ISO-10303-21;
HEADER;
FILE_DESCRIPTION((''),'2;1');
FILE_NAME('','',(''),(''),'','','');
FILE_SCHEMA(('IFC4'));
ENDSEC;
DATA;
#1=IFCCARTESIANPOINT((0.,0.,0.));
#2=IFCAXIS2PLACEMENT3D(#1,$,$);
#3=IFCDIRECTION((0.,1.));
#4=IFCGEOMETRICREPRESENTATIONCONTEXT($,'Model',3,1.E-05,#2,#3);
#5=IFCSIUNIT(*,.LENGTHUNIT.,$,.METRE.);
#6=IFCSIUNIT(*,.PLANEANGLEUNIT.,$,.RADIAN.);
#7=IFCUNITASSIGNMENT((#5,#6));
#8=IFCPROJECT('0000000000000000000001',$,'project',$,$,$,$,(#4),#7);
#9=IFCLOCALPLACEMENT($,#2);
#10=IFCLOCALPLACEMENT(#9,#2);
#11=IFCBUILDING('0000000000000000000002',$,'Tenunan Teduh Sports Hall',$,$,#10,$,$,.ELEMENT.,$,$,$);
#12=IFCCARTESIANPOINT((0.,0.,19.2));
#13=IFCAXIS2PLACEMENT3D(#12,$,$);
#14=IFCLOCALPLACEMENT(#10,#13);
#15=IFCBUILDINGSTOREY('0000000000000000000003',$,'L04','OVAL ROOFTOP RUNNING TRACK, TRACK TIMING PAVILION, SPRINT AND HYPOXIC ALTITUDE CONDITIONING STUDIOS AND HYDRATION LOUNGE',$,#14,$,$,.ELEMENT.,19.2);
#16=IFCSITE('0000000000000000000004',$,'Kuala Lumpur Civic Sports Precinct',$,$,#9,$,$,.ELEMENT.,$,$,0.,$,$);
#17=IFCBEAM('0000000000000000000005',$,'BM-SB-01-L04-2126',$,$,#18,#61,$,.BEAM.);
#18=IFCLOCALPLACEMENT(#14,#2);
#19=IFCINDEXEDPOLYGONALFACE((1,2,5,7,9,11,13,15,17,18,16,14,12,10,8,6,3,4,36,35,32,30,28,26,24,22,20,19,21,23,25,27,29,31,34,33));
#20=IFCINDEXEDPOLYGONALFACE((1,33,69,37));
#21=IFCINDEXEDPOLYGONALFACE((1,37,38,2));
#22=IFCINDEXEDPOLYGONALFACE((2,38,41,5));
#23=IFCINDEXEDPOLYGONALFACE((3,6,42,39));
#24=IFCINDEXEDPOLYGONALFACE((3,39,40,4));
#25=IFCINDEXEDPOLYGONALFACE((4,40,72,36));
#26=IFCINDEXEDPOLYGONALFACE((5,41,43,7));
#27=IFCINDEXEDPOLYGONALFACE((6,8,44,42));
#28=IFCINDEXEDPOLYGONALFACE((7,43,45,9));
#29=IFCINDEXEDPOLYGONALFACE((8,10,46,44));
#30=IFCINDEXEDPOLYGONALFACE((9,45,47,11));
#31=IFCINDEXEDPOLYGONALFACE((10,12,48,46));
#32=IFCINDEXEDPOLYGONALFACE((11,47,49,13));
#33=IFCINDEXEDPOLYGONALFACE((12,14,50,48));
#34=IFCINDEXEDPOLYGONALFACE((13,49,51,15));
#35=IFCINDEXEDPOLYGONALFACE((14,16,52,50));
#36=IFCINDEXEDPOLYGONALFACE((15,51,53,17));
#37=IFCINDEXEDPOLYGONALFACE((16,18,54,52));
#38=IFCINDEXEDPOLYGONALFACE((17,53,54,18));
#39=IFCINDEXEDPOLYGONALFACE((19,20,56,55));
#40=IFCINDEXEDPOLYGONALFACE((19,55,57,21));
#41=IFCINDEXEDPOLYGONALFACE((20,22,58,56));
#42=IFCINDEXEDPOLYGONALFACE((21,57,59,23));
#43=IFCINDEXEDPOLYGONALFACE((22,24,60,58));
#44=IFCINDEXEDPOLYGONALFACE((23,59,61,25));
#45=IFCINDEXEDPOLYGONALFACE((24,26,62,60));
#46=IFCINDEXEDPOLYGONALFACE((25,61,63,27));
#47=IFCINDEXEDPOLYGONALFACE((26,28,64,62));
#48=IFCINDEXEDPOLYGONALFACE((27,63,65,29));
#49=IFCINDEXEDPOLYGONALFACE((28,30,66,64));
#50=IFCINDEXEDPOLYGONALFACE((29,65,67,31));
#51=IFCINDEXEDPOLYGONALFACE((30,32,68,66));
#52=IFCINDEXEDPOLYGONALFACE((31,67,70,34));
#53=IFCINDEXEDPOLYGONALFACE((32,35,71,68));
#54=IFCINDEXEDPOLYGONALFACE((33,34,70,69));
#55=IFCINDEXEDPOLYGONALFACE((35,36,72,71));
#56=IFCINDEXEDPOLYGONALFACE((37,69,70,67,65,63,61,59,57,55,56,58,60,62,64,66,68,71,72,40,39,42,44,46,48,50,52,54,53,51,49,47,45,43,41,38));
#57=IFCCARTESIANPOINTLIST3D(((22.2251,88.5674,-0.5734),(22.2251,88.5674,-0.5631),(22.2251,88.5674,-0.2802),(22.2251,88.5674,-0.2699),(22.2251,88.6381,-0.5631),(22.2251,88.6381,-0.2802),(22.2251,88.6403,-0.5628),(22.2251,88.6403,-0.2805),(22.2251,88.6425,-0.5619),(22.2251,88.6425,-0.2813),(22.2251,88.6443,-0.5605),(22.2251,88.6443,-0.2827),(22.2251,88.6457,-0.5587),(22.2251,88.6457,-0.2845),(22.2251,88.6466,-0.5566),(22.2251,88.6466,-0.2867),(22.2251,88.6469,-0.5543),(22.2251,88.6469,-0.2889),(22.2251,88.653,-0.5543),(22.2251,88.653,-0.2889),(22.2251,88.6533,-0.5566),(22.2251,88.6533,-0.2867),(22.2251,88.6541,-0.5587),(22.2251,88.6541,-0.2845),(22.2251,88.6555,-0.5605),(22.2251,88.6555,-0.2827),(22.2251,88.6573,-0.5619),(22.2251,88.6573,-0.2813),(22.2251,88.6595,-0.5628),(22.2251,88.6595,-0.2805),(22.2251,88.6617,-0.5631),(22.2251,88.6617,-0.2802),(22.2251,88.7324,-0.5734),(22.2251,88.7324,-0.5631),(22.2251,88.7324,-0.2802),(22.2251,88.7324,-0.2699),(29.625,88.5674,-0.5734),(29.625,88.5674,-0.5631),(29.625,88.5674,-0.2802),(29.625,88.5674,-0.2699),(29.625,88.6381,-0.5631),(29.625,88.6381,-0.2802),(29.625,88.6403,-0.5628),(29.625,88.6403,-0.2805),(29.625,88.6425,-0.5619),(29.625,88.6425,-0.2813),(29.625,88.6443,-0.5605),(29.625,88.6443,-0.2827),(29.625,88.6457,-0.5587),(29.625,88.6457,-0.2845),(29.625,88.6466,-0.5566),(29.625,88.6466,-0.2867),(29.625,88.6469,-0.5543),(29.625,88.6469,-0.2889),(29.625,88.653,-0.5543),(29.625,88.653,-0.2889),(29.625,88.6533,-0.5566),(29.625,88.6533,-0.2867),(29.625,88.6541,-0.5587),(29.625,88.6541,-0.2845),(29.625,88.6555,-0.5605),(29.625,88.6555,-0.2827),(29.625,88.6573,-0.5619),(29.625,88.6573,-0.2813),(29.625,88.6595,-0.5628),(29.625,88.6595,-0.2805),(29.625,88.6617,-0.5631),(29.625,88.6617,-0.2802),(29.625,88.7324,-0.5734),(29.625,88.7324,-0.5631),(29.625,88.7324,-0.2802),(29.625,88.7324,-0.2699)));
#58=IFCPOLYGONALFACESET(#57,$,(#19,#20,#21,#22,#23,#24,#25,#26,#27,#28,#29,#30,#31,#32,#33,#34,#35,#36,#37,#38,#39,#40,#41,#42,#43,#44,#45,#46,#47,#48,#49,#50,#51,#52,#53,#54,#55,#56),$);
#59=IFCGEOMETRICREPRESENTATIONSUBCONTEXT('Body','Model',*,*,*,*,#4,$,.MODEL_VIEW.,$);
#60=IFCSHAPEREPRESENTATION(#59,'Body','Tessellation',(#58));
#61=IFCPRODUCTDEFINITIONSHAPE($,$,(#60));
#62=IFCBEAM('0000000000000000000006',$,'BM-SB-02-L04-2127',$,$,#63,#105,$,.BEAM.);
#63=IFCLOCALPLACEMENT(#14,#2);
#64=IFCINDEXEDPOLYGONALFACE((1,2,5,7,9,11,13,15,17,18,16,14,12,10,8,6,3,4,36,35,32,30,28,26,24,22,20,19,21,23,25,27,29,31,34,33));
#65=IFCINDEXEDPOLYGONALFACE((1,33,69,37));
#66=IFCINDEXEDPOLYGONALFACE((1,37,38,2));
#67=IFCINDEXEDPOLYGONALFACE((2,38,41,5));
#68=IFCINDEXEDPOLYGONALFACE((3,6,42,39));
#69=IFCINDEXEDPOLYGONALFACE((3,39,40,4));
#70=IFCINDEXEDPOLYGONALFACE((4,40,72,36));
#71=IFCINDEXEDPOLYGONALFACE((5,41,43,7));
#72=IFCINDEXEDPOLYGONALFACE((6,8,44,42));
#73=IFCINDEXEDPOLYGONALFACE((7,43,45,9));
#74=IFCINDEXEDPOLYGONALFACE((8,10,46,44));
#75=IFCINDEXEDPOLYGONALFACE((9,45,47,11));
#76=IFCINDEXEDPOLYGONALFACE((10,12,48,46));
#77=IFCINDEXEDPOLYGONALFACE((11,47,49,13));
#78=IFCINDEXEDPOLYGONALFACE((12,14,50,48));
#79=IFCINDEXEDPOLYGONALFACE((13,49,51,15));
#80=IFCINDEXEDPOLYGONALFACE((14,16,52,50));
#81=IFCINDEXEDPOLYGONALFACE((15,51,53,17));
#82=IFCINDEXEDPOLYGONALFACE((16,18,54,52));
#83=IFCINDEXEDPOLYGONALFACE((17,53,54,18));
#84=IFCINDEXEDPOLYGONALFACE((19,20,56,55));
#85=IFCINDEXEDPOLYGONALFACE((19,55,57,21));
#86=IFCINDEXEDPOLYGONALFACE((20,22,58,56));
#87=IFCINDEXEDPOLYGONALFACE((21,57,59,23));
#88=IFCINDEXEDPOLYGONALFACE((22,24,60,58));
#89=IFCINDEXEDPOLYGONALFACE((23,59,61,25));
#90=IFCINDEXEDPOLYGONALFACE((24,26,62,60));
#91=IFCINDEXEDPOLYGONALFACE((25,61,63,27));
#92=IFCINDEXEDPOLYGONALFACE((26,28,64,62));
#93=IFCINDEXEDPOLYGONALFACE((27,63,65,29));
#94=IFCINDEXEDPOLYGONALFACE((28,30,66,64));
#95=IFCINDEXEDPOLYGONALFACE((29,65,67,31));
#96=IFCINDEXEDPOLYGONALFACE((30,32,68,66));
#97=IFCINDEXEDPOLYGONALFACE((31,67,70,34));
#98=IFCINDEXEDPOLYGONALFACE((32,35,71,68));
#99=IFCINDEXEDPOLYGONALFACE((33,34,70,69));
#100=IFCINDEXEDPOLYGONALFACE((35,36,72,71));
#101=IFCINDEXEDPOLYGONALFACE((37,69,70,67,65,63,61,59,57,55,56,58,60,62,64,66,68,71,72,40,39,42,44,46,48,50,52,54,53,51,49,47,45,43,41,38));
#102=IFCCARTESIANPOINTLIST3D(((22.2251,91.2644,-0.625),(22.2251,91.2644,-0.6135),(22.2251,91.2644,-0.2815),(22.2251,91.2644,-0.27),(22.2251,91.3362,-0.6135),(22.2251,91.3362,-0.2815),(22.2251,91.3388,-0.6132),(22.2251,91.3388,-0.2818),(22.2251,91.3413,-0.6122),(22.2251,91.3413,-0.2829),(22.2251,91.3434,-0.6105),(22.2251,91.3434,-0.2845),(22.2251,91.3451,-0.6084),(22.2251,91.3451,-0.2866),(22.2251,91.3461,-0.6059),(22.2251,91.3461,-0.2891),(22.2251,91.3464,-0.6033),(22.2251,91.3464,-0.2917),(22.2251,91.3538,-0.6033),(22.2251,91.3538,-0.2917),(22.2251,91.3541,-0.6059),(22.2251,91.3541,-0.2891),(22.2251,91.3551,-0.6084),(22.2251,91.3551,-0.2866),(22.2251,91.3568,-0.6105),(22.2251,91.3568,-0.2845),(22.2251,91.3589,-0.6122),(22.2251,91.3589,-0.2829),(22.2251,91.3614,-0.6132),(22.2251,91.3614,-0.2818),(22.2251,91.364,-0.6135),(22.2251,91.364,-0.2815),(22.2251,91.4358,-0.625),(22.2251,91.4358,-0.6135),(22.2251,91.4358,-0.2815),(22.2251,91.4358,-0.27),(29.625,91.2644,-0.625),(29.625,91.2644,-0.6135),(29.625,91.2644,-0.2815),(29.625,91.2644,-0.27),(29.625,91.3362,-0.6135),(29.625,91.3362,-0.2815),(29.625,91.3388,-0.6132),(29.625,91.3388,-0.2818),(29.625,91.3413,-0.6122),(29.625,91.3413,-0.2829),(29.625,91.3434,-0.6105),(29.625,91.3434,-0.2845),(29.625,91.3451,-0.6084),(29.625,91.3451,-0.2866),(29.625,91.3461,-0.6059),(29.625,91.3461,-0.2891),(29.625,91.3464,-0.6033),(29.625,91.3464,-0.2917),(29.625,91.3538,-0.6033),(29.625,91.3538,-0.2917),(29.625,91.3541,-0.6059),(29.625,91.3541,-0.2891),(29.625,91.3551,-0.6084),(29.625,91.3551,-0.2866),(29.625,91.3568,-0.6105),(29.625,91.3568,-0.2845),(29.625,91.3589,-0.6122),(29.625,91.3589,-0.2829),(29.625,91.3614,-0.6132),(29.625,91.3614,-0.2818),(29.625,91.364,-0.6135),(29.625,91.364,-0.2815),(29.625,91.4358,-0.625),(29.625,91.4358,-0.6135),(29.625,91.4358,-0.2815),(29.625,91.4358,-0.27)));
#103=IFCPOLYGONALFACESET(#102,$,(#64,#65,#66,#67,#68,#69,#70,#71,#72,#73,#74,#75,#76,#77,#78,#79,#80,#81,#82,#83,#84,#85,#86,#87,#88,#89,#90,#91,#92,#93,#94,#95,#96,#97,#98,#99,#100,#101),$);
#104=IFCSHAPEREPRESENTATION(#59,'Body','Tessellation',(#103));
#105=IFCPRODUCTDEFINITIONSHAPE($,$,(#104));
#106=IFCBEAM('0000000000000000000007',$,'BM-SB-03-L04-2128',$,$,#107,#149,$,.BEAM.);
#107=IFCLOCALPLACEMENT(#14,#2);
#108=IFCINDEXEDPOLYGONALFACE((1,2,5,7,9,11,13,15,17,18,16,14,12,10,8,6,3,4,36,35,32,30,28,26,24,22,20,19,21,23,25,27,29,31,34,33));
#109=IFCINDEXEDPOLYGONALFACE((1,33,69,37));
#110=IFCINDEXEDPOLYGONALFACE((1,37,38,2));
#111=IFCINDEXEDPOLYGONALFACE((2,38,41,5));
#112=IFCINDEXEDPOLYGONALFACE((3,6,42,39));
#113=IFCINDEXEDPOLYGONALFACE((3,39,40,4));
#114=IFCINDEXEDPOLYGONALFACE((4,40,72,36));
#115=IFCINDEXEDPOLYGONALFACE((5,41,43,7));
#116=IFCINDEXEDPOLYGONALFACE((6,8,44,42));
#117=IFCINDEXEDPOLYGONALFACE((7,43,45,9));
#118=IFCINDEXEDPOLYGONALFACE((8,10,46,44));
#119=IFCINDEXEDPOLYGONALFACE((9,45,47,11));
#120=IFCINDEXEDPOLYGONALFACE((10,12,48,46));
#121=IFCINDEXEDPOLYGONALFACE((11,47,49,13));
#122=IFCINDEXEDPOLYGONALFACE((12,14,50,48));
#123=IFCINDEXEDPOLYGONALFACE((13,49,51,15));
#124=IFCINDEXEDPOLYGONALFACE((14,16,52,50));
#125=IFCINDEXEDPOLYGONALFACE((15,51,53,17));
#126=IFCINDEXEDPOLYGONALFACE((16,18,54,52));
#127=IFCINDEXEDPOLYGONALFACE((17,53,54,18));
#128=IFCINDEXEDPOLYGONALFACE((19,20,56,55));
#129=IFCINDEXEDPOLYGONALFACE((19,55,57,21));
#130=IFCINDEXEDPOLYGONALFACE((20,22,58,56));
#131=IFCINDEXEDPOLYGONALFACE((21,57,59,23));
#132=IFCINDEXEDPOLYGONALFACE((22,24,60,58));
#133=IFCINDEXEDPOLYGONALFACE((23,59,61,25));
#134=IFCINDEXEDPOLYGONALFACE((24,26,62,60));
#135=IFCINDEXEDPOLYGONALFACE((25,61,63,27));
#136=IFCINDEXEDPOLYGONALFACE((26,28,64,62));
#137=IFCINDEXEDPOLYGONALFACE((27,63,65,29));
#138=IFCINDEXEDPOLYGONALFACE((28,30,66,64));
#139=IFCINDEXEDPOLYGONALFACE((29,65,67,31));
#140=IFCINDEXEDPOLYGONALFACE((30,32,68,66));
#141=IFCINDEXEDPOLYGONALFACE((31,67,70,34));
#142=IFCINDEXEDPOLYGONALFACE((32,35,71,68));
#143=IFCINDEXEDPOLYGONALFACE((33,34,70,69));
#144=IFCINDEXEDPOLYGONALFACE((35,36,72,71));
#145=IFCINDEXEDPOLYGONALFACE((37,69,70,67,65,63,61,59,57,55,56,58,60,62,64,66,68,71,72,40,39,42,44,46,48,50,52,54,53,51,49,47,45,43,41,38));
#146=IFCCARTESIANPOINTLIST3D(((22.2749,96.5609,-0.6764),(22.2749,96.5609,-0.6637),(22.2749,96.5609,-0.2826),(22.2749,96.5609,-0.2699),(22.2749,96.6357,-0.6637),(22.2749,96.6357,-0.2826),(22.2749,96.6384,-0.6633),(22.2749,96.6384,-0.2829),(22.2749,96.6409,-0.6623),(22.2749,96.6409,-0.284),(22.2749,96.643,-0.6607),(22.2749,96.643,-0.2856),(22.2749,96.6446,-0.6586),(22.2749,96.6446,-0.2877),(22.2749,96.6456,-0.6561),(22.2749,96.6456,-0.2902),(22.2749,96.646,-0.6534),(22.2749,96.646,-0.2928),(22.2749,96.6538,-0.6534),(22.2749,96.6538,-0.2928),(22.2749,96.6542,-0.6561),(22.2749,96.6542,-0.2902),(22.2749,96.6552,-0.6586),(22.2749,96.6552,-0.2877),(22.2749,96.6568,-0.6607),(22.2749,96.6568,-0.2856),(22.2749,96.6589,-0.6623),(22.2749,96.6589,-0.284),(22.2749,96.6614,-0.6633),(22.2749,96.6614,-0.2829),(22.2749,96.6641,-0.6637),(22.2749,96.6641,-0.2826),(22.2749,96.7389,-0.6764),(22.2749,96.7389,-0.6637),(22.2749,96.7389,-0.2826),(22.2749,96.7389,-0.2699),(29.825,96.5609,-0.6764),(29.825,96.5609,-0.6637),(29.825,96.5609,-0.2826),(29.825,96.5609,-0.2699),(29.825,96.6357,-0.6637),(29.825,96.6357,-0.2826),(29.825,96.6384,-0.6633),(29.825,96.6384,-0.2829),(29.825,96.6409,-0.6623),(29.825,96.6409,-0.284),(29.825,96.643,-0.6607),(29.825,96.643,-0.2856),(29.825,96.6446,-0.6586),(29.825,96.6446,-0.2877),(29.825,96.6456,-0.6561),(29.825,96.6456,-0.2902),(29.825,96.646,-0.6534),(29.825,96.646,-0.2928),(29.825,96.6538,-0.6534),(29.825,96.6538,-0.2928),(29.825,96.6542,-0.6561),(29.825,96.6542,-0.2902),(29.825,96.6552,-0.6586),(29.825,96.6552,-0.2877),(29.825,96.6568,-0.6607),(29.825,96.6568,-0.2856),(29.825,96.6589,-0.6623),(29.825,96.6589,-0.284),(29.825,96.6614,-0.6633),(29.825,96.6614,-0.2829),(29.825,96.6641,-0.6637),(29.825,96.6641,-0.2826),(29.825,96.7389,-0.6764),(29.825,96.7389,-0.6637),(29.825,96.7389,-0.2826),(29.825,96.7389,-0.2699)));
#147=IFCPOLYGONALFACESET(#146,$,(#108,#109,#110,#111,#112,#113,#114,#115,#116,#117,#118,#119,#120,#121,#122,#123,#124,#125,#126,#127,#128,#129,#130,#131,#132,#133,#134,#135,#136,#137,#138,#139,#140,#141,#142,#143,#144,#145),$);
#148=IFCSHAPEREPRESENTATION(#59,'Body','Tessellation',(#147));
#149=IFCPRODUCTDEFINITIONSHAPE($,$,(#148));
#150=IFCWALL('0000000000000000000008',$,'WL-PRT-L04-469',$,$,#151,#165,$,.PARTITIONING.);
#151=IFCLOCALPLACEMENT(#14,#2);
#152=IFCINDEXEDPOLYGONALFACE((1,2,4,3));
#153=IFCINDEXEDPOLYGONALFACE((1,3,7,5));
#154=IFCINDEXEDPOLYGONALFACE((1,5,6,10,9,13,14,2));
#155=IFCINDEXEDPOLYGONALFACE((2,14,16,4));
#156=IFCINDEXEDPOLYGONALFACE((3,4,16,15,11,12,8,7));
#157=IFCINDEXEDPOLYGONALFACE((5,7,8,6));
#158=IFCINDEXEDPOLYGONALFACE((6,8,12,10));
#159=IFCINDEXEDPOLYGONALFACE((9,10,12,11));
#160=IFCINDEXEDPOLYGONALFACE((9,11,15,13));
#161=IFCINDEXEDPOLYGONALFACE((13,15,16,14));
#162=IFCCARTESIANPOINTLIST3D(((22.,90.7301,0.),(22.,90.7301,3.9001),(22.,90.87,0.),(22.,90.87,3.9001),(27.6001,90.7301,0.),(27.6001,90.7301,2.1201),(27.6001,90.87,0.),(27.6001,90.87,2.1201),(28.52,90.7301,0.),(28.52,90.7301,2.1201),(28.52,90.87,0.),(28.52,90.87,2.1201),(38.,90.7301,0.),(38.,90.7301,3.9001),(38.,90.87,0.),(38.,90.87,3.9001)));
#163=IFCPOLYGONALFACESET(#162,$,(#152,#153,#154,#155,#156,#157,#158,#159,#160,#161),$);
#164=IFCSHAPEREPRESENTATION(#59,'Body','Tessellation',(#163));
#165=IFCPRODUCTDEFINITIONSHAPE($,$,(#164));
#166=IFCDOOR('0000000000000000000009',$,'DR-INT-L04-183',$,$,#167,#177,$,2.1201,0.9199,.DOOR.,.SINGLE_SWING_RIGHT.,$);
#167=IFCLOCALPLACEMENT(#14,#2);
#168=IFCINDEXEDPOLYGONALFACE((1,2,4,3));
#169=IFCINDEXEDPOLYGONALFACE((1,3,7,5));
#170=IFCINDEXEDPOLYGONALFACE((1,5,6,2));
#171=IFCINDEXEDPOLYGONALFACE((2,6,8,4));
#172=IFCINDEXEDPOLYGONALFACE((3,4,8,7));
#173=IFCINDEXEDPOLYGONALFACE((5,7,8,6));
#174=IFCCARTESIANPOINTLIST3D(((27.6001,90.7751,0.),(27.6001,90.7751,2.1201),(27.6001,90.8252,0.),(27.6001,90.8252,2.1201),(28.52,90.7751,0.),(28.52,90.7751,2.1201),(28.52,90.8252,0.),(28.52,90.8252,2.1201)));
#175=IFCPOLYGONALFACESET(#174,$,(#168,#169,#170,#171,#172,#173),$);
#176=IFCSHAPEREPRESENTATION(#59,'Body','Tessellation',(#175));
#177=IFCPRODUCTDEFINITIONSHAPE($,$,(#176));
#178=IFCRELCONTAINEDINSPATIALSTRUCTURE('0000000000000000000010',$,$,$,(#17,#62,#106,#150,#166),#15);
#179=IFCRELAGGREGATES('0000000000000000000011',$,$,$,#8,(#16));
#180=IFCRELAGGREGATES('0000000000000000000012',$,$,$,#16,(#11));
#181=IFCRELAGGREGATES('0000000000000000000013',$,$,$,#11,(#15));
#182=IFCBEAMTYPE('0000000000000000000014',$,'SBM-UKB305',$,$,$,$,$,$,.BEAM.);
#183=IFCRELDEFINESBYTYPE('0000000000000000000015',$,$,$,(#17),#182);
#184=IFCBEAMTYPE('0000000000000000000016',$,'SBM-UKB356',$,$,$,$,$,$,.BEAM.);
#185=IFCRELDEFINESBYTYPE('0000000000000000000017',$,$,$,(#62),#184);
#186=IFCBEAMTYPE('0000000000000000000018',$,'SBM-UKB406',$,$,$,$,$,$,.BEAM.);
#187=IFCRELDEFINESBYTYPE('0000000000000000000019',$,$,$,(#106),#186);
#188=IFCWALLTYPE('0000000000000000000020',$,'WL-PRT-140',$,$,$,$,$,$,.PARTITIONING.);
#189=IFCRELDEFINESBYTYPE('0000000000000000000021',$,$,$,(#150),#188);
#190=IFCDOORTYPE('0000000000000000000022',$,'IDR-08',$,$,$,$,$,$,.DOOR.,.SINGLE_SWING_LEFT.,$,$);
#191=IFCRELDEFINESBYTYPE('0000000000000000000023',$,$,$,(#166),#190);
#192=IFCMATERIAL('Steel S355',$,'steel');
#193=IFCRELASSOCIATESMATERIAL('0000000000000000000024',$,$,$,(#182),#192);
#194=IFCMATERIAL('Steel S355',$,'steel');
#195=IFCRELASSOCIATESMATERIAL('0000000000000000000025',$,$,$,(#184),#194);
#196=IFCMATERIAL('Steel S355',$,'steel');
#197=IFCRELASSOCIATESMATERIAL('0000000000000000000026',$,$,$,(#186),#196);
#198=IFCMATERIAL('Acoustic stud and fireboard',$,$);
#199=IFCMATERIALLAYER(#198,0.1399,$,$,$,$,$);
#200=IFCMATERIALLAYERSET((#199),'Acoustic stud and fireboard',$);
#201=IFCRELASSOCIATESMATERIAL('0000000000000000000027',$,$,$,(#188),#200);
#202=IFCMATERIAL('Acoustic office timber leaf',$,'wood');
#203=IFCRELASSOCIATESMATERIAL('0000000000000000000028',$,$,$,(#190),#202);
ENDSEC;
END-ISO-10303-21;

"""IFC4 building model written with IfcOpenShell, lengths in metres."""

from ifc_helpers import new_model, si_unit, direction, frame, frame_2d, origin, origin_2d, place, context, subcontext, project, spatial, rectangle, i_section, extrude, material, layer, layer_set, material_profile, profile_set, type_object, element, fill, save


model = new_model("IFC4")

# Units and contexts
model_context = context("Model", 3, precision=1e-05, world=origin(), true_north=direction((0.0, 1.0)))
body_context = subcontext(model_context, "Body", "Model", "MODEL_VIEW")
ifc_project = project(units=[si_unit("LENGTHUNIT", "METRE"), si_unit("PLANEANGLEUNIT", "RADIAN")], contexts=[model_context])

# Site, building, storey
site_placement = place(None, origin())
site = spatial("IfcSite", under=ifc_project, at=site_placement, Name="Kuala Lumpur Civic Sports Precinct", CompositionType="ELEMENT", RefElevation=0.0)
building_placement = place(site_placement, origin())
building = spatial("IfcBuilding", under=site, at=building_placement, Name="Tenunan Teduh Sports Hall", CompositionType="ELEMENT")
storey_placement = place(building_placement, frame((0.0, 0.0, 19.2)))
storey = spatial("IfcBuildingStorey", under=building, at=storey_placement, Name="L04", Description="OVAL ROOFTOP RUNNING TRACK, TRACK TIMING PAVILION, SPRINT AND HYPOXIC ALTITUDE CONDITIONING STUDIOS AND HYDRATION LOUNGE", CompositionType="ELEMENT", Elevation=19.2)

# Beams
ifc_material_1 = material(Name="Steel S355", Category="steel")
ifc_material_profile_1 = material_profile(ifc_material_1, i_section(OverallWidth=0.165, OverallDepth=0.3035, WebThickness=0.0061, FlangeThickness=0.0103, FilletRadius=0.0088, at=origin_2d()), Name="UKB 305x165x40")
ifc_profile_set_1 = profile_set([ifc_material_profile_1], Name="Steel S355")
beam_type_1 = type_object("IfcBeamType", Name="SBM-UKB305", PredefinedType="BEAM", material=ifc_profile_set_1)
beam_1_placement = place(storey_placement, frame((22.2251, 88.6499, -0.4216), z_axis=(1.0, 0.0, 0.0), x_axis=(0.0, 1.0, 0.0)))
element("IfcBeam", 1, at=beam_1_placement, inside=storey, type_object=beam_type_1, Name="BM-SB-01-L04-2126", PredefinedType="BEAM", context=body_context, shape_type="SweptSolid", body=[
    extrude(i_section(OverallWidth=0.165, OverallDepth=0.3035, WebThickness=0.0061, FlangeThickness=0.0103, FilletRadius=0.0088, at=origin_2d()), origin(), (0.0, 0.0, 1.0), 7.3999),
])
ifc_material_2 = material(Name="Steel S355", Category="steel")
ifc_material_profile_2 = material_profile(ifc_material_2, i_section(OverallWidth=0.1714, OverallDepth=0.355, WebThickness=0.0073, FlangeThickness=0.0115, FilletRadius=0.0103, at=origin_2d()), Name="UKB 356x171x51")
ifc_profile_set_2 = profile_set([ifc_material_profile_2], Name="Steel S355")
beam_type_2 = type_object("IfcBeamType", Name="SBM-UKB356", PredefinedType="BEAM", material=ifc_profile_set_2)
beam_2_placement = place(storey_placement, frame((22.2251, 91.3501, -0.4475), z_axis=(1.0, 0.0, 0.0), x_axis=(0.0, 1.0, 0.0)))
element("IfcBeam", 2, at=beam_2_placement, inside=storey, type_object=beam_type_2, Name="BM-SB-02-L04-2127", PredefinedType="BEAM", context=body_context, shape_type="SweptSolid", body=[
    extrude(i_section(OverallWidth=0.1714, OverallDepth=0.355, WebThickness=0.0073, FlangeThickness=0.0115, FilletRadius=0.0103, at=origin_2d()), origin(), (0.0, 0.0, 1.0), 7.3999),
])
ifc_material_3 = material(Name="Steel S355", Category="steel")
ifc_material_profile_3 = material_profile(ifc_material_3, i_section(OverallWidth=0.178, OverallDepth=0.4065, WebThickness=0.0078, FlangeThickness=0.0127, FilletRadius=0.0103, at=origin_2d()), Name="UKB 406x178x60")
ifc_profile_set_3 = profile_set([ifc_material_profile_3], Name="Steel S355")
beam_type_3 = type_object("IfcBeamType", Name="SBM-UKB406", PredefinedType="BEAM", material=ifc_profile_set_3)
beam_3_placement = place(storey_placement, frame((22.2749, 96.6499, -0.4731), z_axis=(1.0, 0.0, 0.0), x_axis=(0.0, 1.0, 0.0)))
element("IfcBeam", 3, at=beam_3_placement, inside=storey, type_object=beam_type_3, Name="BM-SB-03-L04-2128", PredefinedType="BEAM", context=body_context, shape_type="SweptSolid", body=[
    extrude(i_section(OverallWidth=0.178, OverallDepth=0.4065, WebThickness=0.0078, FlangeThickness=0.0127, FilletRadius=0.0103, at=origin_2d()), origin(), (0.0, 0.0, 1.0), 7.55),
])

# Wall, opening, door
ifc_material_4 = material(Name="Acoustic stud and fireboard")
ifc_layer_1 = layer(ifc_material_4, 0.1399)
ifc_layer_set_1 = layer_set([ifc_layer_1], Name="Acoustic stud and fireboard")
wall_type_1 = type_object("IfcWallType", Name="WL-PRT-140", PredefinedType="PARTITIONING", material=ifc_layer_set_1)
wall_1_placement = place(storey_placement, frame((22.0, 90.8, 0.0), z_axis=(0.0, 0.0, 1.0), x_axis=(1.0, 0.0, 0.0)))
wall_1 = element("IfcWall", 4, at=wall_1_placement, inside=storey, type_object=wall_type_1, Name="WL-PRT-L04-469", PredefinedType="PARTITIONING", context=body_context, shape_type="SweptSolid", body=[
    extrude(rectangle(XDim=16.0, YDim=0.1399, at=frame_2d((8.0, 0.0))), origin(), (0.0, 0.0, 1.0), 3.9001),
])
opening_1_placement = place(wall_1_placement, frame((5.6001, 0.0, 0.0)))
opening_1 = element("IfcOpeningElement", 5, at=opening_1_placement, cuts=wall_1, PredefinedType="OPENING", context=body_context, shape_type="SweptSolid", body=[
    extrude(rectangle(XDim=0.9199, YDim=2.1201, at=frame_2d((0.46, 1.0601))), frame((0.0, 0.0798, 0.0), z_axis=(0.0, -1.0, 0.0), x_axis=(1.0, 0.0, 0.0)), (0.0, 0.0, 1.0), 0.1599),
])
ifc_material_5 = material(Name="Acoustic office timber leaf", Category="wood")
door_type_1 = type_object("IfcDoorType", Name="IDR-08", OperationType="SINGLE_SWING_LEFT", PredefinedType="DOOR", material=ifc_material_5)
door_1_placement = place(opening_1_placement, frame((0.9199, 0.0, 0.0), z_axis=(0.0, 0.0, 1.0), x_axis=(-1.0, 0.0, 0.0)))
door_1 = element("IfcDoor", 6, at=door_1_placement, inside=storey, type_object=door_type_1, Name="DR-INT-L04-183", OperationType="SINGLE_SWING_RIGHT", OverallHeight=2.1201, OverallWidth=0.9199, PredefinedType="DOOR", context=body_context, shape_type="SweptSolid", body=[
    extrude(rectangle(XDim=0.9199, YDim=2.1201, at=frame_2d((0.46, 1.0601))), frame((0.0, 0.0249, 0.0), z_axis=(0.0, -1.0, 0.0), x_axis=(1.0, 0.0, 0.0)), (0.0, 0.0, 1.0), 0.05),
])
fill(opening_1, door_1)

save(model, "model.ifc")
